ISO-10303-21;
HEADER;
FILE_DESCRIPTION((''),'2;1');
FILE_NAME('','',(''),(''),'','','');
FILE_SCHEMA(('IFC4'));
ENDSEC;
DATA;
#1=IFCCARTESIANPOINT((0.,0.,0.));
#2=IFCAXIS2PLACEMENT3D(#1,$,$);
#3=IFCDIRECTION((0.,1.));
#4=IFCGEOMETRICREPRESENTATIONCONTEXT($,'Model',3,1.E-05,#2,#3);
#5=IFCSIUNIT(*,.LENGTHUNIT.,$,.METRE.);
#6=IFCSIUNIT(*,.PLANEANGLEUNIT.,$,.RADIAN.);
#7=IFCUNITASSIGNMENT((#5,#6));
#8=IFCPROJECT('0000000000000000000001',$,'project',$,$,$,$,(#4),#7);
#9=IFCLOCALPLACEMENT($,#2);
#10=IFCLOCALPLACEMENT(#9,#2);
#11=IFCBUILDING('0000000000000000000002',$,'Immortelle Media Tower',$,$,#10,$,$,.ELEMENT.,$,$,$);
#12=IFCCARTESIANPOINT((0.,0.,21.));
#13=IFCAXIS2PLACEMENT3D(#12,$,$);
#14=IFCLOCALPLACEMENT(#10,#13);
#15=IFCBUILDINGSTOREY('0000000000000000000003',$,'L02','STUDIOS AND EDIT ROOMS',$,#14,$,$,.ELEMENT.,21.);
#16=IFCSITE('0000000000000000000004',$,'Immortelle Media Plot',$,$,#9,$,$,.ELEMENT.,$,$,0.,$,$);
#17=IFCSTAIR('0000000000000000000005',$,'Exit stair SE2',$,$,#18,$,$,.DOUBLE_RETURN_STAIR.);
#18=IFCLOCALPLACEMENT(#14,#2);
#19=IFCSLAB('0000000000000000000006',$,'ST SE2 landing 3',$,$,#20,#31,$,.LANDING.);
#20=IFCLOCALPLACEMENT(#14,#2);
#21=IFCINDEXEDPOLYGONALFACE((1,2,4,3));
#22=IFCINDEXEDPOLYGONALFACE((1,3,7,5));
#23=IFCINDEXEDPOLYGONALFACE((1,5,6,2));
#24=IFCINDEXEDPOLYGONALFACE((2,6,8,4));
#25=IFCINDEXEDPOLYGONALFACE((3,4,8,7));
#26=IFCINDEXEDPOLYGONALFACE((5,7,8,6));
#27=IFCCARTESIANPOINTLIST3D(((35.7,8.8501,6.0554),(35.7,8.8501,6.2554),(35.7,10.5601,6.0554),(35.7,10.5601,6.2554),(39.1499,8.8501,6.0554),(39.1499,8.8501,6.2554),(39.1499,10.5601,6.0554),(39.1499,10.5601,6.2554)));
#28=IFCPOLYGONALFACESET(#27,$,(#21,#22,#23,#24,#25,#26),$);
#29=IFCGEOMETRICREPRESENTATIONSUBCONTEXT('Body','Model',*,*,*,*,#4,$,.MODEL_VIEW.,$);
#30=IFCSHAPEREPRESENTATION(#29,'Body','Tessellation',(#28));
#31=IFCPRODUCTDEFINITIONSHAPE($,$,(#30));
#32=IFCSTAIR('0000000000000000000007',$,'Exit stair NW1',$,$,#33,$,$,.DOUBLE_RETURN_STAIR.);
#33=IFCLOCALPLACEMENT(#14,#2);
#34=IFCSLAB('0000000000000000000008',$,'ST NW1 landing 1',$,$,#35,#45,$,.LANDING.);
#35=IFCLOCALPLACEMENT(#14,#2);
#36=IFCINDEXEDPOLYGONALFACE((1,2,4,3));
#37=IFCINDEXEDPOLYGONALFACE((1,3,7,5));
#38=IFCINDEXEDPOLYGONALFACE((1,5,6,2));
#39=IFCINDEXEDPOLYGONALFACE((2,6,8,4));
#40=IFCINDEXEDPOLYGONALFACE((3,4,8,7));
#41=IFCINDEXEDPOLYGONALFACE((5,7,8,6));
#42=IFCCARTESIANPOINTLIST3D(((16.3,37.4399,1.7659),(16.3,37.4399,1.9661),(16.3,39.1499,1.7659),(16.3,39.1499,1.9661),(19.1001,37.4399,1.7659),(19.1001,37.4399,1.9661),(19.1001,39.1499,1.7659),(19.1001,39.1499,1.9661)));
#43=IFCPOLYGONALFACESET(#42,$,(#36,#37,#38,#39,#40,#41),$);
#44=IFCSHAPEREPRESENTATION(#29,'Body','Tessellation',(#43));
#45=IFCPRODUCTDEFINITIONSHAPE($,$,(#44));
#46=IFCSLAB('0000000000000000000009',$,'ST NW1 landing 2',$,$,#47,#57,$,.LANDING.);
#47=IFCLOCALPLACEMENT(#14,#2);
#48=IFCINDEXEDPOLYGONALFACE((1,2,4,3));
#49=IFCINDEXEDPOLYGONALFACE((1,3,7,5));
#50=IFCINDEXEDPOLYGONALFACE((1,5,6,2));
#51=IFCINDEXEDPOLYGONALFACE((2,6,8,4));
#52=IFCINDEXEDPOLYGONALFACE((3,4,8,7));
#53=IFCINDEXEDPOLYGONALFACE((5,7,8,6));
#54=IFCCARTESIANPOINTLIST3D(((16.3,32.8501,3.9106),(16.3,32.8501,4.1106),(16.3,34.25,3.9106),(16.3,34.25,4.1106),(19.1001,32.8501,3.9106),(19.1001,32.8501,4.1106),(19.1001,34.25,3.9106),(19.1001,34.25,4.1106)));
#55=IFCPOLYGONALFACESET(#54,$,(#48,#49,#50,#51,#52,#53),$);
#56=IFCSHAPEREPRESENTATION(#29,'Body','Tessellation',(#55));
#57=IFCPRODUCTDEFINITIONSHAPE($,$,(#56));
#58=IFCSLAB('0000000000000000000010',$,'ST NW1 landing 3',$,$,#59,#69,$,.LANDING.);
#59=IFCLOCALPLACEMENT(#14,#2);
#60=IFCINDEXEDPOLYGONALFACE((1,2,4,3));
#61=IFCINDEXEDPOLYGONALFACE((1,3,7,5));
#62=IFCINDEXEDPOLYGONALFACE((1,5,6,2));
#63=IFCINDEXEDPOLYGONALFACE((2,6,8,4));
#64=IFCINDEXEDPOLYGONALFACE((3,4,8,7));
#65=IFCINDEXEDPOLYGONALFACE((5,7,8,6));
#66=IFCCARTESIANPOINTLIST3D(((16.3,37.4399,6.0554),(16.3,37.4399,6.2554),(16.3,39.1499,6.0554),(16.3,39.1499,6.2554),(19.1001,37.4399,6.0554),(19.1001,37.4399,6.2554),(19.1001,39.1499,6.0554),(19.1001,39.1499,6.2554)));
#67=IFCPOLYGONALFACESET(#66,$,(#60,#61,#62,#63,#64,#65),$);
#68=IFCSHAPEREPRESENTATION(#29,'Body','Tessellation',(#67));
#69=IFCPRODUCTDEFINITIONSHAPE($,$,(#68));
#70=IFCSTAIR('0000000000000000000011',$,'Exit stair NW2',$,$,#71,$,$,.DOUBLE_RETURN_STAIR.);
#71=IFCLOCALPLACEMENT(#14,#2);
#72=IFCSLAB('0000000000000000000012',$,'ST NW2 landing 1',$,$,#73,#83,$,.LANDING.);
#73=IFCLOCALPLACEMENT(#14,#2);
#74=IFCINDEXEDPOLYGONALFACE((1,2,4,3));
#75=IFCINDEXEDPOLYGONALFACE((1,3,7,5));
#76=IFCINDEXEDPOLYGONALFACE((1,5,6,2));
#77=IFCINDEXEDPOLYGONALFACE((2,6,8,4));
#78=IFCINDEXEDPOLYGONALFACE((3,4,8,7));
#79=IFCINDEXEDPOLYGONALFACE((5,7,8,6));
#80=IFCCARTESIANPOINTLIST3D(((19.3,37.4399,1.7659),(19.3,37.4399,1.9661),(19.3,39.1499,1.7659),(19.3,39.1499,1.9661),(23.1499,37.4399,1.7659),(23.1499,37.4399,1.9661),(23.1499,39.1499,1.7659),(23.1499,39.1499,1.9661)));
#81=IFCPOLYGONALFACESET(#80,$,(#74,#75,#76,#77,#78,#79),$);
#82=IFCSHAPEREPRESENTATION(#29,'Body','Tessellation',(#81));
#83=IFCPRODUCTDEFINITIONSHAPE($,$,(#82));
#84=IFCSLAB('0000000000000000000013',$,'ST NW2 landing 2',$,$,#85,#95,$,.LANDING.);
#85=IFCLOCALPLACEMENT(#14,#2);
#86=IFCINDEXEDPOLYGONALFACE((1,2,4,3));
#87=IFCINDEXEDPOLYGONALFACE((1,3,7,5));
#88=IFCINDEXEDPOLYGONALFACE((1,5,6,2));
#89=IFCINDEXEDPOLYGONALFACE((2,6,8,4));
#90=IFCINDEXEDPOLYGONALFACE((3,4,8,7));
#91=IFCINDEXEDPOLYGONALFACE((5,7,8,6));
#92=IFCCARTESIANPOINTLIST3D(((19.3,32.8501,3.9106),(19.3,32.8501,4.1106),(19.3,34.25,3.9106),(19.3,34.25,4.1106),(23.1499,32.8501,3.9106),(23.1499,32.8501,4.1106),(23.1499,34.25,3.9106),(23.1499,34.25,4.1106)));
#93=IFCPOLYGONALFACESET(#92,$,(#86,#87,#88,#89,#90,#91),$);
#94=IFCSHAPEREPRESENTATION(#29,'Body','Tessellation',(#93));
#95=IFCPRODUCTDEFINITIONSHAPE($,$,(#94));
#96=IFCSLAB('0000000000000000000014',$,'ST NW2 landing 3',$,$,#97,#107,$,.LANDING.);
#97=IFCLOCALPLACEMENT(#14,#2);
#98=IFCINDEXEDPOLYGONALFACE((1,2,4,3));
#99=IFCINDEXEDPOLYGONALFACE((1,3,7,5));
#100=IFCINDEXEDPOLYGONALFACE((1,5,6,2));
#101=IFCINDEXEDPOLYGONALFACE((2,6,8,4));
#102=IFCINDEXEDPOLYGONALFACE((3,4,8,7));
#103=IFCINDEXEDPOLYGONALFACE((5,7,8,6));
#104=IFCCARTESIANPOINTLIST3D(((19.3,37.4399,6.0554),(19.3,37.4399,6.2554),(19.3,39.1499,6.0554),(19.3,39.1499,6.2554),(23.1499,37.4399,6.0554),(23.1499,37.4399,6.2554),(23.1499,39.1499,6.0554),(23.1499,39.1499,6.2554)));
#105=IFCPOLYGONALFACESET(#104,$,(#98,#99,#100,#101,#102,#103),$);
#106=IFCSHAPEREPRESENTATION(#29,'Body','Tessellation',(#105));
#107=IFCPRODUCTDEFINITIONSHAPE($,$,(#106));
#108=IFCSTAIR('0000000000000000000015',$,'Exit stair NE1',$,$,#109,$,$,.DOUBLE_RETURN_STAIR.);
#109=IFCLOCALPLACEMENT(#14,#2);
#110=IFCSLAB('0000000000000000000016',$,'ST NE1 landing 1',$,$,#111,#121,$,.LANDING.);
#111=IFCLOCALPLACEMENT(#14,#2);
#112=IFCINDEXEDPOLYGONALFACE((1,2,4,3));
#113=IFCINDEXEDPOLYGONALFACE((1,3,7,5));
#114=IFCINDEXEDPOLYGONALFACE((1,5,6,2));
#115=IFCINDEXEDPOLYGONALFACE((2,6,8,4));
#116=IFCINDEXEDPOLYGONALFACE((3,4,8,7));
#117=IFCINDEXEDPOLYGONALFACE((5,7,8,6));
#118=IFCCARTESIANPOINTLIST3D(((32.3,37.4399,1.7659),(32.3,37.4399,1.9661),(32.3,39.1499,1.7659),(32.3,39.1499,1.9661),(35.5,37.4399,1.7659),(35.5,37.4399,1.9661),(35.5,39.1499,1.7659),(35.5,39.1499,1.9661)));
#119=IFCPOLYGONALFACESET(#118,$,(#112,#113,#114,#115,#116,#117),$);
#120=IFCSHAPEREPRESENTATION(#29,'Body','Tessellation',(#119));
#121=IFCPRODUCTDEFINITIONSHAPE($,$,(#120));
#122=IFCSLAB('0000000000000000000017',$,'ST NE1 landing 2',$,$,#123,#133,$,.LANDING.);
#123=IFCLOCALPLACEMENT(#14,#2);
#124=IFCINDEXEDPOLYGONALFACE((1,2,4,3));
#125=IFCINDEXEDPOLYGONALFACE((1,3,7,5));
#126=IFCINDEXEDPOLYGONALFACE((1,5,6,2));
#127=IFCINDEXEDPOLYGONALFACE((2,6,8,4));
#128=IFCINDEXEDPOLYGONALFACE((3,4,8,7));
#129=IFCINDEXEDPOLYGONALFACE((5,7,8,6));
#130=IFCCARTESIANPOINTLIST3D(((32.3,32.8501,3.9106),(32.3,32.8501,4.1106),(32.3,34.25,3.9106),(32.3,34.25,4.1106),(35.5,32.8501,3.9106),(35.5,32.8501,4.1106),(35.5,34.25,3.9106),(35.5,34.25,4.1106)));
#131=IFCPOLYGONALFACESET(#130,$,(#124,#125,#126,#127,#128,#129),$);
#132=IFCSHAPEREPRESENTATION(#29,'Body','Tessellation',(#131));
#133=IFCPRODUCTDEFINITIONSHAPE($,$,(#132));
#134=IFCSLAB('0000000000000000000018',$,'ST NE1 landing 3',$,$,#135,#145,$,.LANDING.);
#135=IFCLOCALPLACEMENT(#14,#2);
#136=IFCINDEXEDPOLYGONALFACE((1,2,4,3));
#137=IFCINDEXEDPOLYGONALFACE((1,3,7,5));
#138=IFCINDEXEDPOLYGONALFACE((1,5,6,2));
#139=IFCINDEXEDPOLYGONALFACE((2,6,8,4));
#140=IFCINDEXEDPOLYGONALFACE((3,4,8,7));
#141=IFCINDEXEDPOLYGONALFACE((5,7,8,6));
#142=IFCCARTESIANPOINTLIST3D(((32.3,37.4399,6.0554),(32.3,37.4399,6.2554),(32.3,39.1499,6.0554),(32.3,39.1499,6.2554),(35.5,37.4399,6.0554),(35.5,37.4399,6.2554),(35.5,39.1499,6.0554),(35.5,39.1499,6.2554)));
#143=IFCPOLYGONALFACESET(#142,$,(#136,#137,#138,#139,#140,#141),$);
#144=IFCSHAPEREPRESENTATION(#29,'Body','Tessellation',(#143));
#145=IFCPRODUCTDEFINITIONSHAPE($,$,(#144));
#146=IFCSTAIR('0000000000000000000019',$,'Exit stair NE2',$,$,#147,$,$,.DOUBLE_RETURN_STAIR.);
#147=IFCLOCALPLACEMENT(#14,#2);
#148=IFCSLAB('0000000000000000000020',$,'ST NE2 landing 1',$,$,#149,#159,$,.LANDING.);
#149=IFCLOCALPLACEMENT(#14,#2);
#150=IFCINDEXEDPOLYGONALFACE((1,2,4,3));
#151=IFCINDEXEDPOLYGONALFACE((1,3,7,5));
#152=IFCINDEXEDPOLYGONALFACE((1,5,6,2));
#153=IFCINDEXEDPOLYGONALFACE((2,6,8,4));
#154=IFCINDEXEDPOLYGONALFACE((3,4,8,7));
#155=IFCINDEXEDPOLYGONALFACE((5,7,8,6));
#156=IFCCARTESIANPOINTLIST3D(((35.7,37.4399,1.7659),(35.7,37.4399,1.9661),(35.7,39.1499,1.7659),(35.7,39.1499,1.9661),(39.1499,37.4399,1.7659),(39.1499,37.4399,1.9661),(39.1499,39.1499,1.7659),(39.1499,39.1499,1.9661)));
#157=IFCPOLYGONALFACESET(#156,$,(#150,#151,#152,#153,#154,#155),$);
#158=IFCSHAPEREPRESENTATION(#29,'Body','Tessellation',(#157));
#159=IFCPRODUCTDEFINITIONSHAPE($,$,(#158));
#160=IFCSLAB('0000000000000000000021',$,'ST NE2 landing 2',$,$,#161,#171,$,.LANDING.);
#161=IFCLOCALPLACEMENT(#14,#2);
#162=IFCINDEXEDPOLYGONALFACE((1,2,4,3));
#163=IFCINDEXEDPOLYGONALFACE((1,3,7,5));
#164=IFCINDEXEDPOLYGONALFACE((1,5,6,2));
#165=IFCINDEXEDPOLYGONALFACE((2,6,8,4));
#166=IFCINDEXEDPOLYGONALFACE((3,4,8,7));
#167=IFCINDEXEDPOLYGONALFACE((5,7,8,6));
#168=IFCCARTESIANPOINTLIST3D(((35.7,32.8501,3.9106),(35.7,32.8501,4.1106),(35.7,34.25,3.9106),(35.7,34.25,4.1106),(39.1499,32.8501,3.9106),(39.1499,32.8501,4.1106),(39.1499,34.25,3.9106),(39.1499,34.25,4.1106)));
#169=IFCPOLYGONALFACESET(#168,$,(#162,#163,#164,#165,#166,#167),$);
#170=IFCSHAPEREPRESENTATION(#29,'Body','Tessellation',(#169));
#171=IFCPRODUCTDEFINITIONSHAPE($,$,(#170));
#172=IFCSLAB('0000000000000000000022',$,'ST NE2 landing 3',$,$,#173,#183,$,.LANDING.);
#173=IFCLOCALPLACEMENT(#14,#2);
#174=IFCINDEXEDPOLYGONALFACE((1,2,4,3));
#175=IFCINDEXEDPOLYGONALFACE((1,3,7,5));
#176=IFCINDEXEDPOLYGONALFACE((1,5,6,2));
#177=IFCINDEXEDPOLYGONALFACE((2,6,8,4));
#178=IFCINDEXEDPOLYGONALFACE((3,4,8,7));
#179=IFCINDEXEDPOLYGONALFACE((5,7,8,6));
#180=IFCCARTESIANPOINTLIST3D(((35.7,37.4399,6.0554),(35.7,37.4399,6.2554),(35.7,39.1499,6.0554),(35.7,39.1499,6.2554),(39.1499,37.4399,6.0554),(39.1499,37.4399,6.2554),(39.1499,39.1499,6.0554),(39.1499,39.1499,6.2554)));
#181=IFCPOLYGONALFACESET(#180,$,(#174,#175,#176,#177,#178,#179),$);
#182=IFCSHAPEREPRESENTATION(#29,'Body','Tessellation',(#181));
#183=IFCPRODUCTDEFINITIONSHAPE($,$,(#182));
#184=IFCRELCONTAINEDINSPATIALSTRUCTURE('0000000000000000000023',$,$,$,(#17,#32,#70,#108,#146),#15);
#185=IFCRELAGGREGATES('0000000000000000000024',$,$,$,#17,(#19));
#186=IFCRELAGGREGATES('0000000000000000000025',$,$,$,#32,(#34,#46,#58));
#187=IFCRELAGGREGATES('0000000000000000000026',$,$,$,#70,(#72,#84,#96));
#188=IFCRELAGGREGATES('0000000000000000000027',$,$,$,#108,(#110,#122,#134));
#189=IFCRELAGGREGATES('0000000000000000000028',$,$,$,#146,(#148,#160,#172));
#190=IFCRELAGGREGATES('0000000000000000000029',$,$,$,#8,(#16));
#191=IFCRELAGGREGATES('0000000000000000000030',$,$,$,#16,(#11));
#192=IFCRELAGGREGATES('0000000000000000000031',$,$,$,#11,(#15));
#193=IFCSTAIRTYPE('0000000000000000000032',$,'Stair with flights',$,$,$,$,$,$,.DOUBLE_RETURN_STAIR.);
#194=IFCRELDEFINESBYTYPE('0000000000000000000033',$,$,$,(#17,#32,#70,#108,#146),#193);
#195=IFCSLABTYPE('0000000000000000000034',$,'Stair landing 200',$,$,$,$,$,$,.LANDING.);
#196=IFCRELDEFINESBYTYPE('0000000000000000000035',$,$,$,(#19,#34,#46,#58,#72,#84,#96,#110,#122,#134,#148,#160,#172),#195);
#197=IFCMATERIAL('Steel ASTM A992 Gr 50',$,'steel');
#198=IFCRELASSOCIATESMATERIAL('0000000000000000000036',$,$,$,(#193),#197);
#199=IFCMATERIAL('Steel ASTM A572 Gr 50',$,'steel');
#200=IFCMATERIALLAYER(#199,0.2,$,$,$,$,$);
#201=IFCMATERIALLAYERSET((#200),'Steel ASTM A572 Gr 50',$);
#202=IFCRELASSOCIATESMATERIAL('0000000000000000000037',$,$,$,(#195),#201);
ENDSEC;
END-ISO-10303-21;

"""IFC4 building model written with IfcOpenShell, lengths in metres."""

from ifc_helpers import new_model, si_unit, direction, frame, origin, place, context, subcontext, project, spatial, polyline, outline, extrude, material, layer, layer_set, type_object, element, aggregate, save


model = new_model("IFC4")

# Units and contexts
model_context = context("Model", 3, precision=1e-05, world=origin(), true_north=direction((0.0, 1.0)))
body_context = subcontext(model_context, "Body", "Model", "MODEL_VIEW")
ifc_project = project(units=[si_unit("LENGTHUNIT", "METRE"), si_unit("PLANEANGLEUNIT", "RADIAN")], contexts=[model_context])

# Site, building, storey
site_placement = place(None, origin())
site = spatial("IfcSite", under=ifc_project, at=site_placement, Name="Immortelle Media Plot", CompositionType="ELEMENT", RefElevation=0.0)
building_placement = place(site_placement, origin())
building = spatial("IfcBuilding", under=site, at=building_placement, Name="Immortelle Media Tower", CompositionType="ELEMENT")
storey_placement = place(building_placement, frame((0.0, 0.0, 21.0)))
storey = spatial("IfcBuildingStorey", under=building, at=storey_placement, Name="L02", Description="STUDIOS AND EDIT ROOMS", CompositionType="ELEMENT", Elevation=21.0)

# Stairs, slabs
ifc_material_1 = material(Name="Steel ASTM A992 Gr 50", Category="steel")
stair_type = type_object("IfcStairType", Name="Stair with flights", PredefinedType="DOUBLE_RETURN_STAIR", material=ifc_material_1)
ifc_material_2 = material(Name="Steel ASTM A572 Gr 50", Category="steel")
ifc_layer_1 = layer(ifc_material_2, 0.2)
ifc_layer_set_1 = layer_set([ifc_layer_1], Name="Steel ASTM A572 Gr 50")
slab_type_1 = type_object("IfcSlabType", Name="Stair landing 200", PredefinedType="LANDING", material=ifc_layer_set_1)
stair_1_placement = place(storey_placement, origin())
stair_1 = element("IfcStair", 1, at=stair_1_placement, inside=storey, type_object=stair_type, Name="Exit stair SE2", PredefinedType="DOUBLE_RETURN_STAIR")
slab_1_placement = place(storey_placement, frame((0.0, 0.0, 6.0554)))
slab_1 = element("IfcSlab", 2, at=slab_1_placement, type_object=slab_type_1, Name="ST SE2 landing 3", PredefinedType="LANDING", context=body_context, shape_type="SweptSolid", body=[
    extrude(outline(polyline([(35.7, 8.8501), (39.1499, 8.8501), (39.1499, 10.5601), (35.7, 10.5601), (35.7, 8.8501)])), origin(), (0.0, 0.0, 1.0), 0.2),
])
aggregate(stair_1, [slab_1])
stair_2_placement = place(storey_placement, origin())
stair_2 = element("IfcStair", 3, at=stair_2_placement, inside=storey, type_object=stair_type, Name="Exit stair NW1", PredefinedType="DOUBLE_RETURN_STAIR")
slab_2_placement = place(storey_placement, frame((0.0, 0.0, 1.7659)))
slab_2 = element("IfcSlab", 4, at=slab_2_placement, type_object=slab_type_1, Name="ST NW1 landing 1", PredefinedType="LANDING", context=body_context, shape_type="SweptSolid", body=[
    extrude(outline(polyline([(16.3, 37.4399), (19.1001, 37.4399), (19.1001, 39.1499), (16.3, 39.1499), (16.3, 37.4399)])), origin(), (0.0, 0.0, 1.0), 0.2002),
])
slab_3_placement = place(storey_placement, frame((0.0, 0.0, 3.9106)))
slab_3 = element("IfcSlab", 5, at=slab_3_placement, type_object=slab_type_1, Name="ST NW1 landing 2", PredefinedType="LANDING", context=body_context, shape_type="SweptSolid", body=[
    extrude(outline(polyline([(16.3, 32.8501), (19.1001, 32.8501), (19.1001, 34.25), (16.3, 34.25), (16.3, 32.8501)])), origin(), (0.0, 0.0, 1.0), 0.2),
])
slab_4_placement = place(storey_placement, frame((0.0, 0.0, 6.0554)))
slab_4 = element("IfcSlab", 6, at=slab_4_placement, type_object=slab_type_1, Name="ST NW1 landing 3", PredefinedType="LANDING", context=body_context, shape_type="SweptSolid", body=[
    extrude(outline(polyline([(16.3, 37.4399), (19.1001, 37.4399), (19.1001, 39.1499), (16.3, 39.1499), (16.3, 37.4399)])), origin(), (0.0, 0.0, 1.0), 0.2),
])
aggregate(stair_2, [slab_2, slab_3, slab_4])
stair_3_placement = place(storey_placement, origin())
stair_3 = element("IfcStair", 7, at=stair_3_placement, inside=storey, type_object=stair_type, Name="Exit stair NW2", PredefinedType="DOUBLE_RETURN_STAIR")
slab_5_placement = place(storey_placement, frame((0.0, 0.0, 1.7659)))
slab_5 = element("IfcSlab", 8, at=slab_5_placement, type_object=slab_type_1, Name="ST NW2 landing 1", PredefinedType="LANDING", context=body_context, shape_type="SweptSolid", body=[
    extrude(outline(polyline([(19.3, 37.4399), (23.1499, 37.4399), (23.1499, 39.1499), (19.3, 39.1499), (19.3, 37.4399)])), origin(), (0.0, 0.0, 1.0), 0.2002),
])
slab_6_placement = place(storey_placement, frame((0.0, 0.0, 3.9106)))
slab_6 = element("IfcSlab", 9, at=slab_6_placement, type_object=slab_type_1, Name="ST NW2 landing 2", PredefinedType="LANDING", context=body_context, shape_type="SweptSolid", body=[
    extrude(outline(polyline([(19.3, 32.8501), (23.1499, 32.8501), (23.1499, 34.25), (19.3, 34.25), (19.3, 32.8501)])), origin(), (0.0, 0.0, 1.0), 0.2),
])
slab_7_placement = place(storey_placement, frame((0.0, 0.0, 6.0554)))
slab_7 = element("IfcSlab", 10, at=slab_7_placement, type_object=slab_type_1, Name="ST NW2 landing 3", PredefinedType="LANDING", context=body_context, shape_type="SweptSolid", body=[
    extrude(outline(polyline([(19.3, 37.4399), (23.1499, 37.4399), (23.1499, 39.1499), (19.3, 39.1499), (19.3, 37.4399)])), origin(), (0.0, 0.0, 1.0), 0.2),
])
aggregate(stair_3, [slab_5, slab_6, slab_7])
stair_4_placement = place(storey_placement, origin())
stair_4 = element("IfcStair", 11, at=stair_4_placement, inside=storey, type_object=stair_type, Name="Exit stair NE1", PredefinedType="DOUBLE_RETURN_STAIR")
slab_8_placement = place(storey_placement, frame((0.0, 0.0, 1.7659)))
slab_8 = element("IfcSlab", 12, at=slab_8_placement, type_object=slab_type_1, Name="ST NE1 landing 1", PredefinedType="LANDING", context=body_context, shape_type="SweptSolid", body=[
    extrude(outline(polyline([(32.3, 37.4399), (35.5, 37.4399), (35.5, 39.1499), (32.3, 39.1499), (32.3, 37.4399)])), origin(), (0.0, 0.0, 1.0), 0.2002),
])
slab_9_placement = place(storey_placement, frame((0.0, 0.0, 3.9106)))
slab_9 = element("IfcSlab", 13, at=slab_9_placement, type_object=slab_type_1, Name="ST NE1 landing 2", PredefinedType="LANDING", context=body_context, shape_type="SweptSolid", body=[
    extrude(outline(polyline([(32.3, 32.8501), (35.5, 32.8501), (35.5, 34.25), (32.3, 34.25), (32.3, 32.8501)])), origin(), (0.0, 0.0, 1.0), 0.2),
])
slab_10_placement = place(storey_placement, frame((0.0, 0.0, 6.0554)))
slab_10 = element("IfcSlab", 14, at=slab_10_placement, type_object=slab_type_1, Name="ST NE1 landing 3", PredefinedType="LANDING", context=body_context, shape_type="SweptSolid", body=[
    extrude(outline(polyline([(32.3, 37.4399), (35.5, 37.4399), (35.5, 39.1499), (32.3, 39.1499), (32.3, 37.4399)])), origin(), (0.0, 0.0, 1.0), 0.2),
])
aggregate(stair_4, [slab_8, slab_9, slab_10])
stair_5_placement = place(storey_placement, origin())
stair_5 = element("IfcStair", 15, at=stair_5_placement, inside=storey, type_object=stair_type, Name="Exit stair NE2", PredefinedType="DOUBLE_RETURN_STAIR")
slab_11_placement = place(storey_placement, frame((0.0, 0.0, 1.7659)))
slab_11 = element("IfcSlab", 16, at=slab_11_placement, type_object=slab_type_1, Name="ST NE2 landing 1", PredefinedType="LANDING", context=body_context, shape_type="SweptSolid", body=[
    extrude(outline(polyline([(35.7, 37.4399), (39.1499, 37.4399), (39.1499, 39.1499), (35.7, 39.1499), (35.7, 37.4399)])), origin(), (0.0, 0.0, 1.0), 0.2002),
])
slab_12_placement = place(storey_placement, frame((0.0, 0.0, 3.9106)))
slab_12 = element("IfcSlab", 17, at=slab_12_placement, type_object=slab_type_1, Name="ST NE2 landing 2", PredefinedType="LANDING", context=body_context, shape_type="SweptSolid", body=[
    extrude(outline(polyline([(35.7, 32.8501), (39.1499, 32.8501), (39.1499, 34.25), (35.7, 34.25), (35.7, 32.8501)])), origin(), (0.0, 0.0, 1.0), 0.2),
])
slab_13_placement = place(storey_placement, frame((0.0, 0.0, 6.0554)))
slab_13 = element("IfcSlab", 18, at=slab_13_placement, type_object=slab_type_1, Name="ST NE2 landing 3", PredefinedType="LANDING", context=body_context, shape_type="SweptSolid", body=[
    extrude(outline(polyline([(35.7, 37.4399), (39.1499, 37.4399), (39.1499, 39.1499), (35.7, 39.1499), (35.7, 37.4399)])), origin(), (0.0, 0.0, 1.0), 0.2),
])
aggregate(stair_5, [slab_11, slab_12, slab_13])

save(model, "model.ifc")
